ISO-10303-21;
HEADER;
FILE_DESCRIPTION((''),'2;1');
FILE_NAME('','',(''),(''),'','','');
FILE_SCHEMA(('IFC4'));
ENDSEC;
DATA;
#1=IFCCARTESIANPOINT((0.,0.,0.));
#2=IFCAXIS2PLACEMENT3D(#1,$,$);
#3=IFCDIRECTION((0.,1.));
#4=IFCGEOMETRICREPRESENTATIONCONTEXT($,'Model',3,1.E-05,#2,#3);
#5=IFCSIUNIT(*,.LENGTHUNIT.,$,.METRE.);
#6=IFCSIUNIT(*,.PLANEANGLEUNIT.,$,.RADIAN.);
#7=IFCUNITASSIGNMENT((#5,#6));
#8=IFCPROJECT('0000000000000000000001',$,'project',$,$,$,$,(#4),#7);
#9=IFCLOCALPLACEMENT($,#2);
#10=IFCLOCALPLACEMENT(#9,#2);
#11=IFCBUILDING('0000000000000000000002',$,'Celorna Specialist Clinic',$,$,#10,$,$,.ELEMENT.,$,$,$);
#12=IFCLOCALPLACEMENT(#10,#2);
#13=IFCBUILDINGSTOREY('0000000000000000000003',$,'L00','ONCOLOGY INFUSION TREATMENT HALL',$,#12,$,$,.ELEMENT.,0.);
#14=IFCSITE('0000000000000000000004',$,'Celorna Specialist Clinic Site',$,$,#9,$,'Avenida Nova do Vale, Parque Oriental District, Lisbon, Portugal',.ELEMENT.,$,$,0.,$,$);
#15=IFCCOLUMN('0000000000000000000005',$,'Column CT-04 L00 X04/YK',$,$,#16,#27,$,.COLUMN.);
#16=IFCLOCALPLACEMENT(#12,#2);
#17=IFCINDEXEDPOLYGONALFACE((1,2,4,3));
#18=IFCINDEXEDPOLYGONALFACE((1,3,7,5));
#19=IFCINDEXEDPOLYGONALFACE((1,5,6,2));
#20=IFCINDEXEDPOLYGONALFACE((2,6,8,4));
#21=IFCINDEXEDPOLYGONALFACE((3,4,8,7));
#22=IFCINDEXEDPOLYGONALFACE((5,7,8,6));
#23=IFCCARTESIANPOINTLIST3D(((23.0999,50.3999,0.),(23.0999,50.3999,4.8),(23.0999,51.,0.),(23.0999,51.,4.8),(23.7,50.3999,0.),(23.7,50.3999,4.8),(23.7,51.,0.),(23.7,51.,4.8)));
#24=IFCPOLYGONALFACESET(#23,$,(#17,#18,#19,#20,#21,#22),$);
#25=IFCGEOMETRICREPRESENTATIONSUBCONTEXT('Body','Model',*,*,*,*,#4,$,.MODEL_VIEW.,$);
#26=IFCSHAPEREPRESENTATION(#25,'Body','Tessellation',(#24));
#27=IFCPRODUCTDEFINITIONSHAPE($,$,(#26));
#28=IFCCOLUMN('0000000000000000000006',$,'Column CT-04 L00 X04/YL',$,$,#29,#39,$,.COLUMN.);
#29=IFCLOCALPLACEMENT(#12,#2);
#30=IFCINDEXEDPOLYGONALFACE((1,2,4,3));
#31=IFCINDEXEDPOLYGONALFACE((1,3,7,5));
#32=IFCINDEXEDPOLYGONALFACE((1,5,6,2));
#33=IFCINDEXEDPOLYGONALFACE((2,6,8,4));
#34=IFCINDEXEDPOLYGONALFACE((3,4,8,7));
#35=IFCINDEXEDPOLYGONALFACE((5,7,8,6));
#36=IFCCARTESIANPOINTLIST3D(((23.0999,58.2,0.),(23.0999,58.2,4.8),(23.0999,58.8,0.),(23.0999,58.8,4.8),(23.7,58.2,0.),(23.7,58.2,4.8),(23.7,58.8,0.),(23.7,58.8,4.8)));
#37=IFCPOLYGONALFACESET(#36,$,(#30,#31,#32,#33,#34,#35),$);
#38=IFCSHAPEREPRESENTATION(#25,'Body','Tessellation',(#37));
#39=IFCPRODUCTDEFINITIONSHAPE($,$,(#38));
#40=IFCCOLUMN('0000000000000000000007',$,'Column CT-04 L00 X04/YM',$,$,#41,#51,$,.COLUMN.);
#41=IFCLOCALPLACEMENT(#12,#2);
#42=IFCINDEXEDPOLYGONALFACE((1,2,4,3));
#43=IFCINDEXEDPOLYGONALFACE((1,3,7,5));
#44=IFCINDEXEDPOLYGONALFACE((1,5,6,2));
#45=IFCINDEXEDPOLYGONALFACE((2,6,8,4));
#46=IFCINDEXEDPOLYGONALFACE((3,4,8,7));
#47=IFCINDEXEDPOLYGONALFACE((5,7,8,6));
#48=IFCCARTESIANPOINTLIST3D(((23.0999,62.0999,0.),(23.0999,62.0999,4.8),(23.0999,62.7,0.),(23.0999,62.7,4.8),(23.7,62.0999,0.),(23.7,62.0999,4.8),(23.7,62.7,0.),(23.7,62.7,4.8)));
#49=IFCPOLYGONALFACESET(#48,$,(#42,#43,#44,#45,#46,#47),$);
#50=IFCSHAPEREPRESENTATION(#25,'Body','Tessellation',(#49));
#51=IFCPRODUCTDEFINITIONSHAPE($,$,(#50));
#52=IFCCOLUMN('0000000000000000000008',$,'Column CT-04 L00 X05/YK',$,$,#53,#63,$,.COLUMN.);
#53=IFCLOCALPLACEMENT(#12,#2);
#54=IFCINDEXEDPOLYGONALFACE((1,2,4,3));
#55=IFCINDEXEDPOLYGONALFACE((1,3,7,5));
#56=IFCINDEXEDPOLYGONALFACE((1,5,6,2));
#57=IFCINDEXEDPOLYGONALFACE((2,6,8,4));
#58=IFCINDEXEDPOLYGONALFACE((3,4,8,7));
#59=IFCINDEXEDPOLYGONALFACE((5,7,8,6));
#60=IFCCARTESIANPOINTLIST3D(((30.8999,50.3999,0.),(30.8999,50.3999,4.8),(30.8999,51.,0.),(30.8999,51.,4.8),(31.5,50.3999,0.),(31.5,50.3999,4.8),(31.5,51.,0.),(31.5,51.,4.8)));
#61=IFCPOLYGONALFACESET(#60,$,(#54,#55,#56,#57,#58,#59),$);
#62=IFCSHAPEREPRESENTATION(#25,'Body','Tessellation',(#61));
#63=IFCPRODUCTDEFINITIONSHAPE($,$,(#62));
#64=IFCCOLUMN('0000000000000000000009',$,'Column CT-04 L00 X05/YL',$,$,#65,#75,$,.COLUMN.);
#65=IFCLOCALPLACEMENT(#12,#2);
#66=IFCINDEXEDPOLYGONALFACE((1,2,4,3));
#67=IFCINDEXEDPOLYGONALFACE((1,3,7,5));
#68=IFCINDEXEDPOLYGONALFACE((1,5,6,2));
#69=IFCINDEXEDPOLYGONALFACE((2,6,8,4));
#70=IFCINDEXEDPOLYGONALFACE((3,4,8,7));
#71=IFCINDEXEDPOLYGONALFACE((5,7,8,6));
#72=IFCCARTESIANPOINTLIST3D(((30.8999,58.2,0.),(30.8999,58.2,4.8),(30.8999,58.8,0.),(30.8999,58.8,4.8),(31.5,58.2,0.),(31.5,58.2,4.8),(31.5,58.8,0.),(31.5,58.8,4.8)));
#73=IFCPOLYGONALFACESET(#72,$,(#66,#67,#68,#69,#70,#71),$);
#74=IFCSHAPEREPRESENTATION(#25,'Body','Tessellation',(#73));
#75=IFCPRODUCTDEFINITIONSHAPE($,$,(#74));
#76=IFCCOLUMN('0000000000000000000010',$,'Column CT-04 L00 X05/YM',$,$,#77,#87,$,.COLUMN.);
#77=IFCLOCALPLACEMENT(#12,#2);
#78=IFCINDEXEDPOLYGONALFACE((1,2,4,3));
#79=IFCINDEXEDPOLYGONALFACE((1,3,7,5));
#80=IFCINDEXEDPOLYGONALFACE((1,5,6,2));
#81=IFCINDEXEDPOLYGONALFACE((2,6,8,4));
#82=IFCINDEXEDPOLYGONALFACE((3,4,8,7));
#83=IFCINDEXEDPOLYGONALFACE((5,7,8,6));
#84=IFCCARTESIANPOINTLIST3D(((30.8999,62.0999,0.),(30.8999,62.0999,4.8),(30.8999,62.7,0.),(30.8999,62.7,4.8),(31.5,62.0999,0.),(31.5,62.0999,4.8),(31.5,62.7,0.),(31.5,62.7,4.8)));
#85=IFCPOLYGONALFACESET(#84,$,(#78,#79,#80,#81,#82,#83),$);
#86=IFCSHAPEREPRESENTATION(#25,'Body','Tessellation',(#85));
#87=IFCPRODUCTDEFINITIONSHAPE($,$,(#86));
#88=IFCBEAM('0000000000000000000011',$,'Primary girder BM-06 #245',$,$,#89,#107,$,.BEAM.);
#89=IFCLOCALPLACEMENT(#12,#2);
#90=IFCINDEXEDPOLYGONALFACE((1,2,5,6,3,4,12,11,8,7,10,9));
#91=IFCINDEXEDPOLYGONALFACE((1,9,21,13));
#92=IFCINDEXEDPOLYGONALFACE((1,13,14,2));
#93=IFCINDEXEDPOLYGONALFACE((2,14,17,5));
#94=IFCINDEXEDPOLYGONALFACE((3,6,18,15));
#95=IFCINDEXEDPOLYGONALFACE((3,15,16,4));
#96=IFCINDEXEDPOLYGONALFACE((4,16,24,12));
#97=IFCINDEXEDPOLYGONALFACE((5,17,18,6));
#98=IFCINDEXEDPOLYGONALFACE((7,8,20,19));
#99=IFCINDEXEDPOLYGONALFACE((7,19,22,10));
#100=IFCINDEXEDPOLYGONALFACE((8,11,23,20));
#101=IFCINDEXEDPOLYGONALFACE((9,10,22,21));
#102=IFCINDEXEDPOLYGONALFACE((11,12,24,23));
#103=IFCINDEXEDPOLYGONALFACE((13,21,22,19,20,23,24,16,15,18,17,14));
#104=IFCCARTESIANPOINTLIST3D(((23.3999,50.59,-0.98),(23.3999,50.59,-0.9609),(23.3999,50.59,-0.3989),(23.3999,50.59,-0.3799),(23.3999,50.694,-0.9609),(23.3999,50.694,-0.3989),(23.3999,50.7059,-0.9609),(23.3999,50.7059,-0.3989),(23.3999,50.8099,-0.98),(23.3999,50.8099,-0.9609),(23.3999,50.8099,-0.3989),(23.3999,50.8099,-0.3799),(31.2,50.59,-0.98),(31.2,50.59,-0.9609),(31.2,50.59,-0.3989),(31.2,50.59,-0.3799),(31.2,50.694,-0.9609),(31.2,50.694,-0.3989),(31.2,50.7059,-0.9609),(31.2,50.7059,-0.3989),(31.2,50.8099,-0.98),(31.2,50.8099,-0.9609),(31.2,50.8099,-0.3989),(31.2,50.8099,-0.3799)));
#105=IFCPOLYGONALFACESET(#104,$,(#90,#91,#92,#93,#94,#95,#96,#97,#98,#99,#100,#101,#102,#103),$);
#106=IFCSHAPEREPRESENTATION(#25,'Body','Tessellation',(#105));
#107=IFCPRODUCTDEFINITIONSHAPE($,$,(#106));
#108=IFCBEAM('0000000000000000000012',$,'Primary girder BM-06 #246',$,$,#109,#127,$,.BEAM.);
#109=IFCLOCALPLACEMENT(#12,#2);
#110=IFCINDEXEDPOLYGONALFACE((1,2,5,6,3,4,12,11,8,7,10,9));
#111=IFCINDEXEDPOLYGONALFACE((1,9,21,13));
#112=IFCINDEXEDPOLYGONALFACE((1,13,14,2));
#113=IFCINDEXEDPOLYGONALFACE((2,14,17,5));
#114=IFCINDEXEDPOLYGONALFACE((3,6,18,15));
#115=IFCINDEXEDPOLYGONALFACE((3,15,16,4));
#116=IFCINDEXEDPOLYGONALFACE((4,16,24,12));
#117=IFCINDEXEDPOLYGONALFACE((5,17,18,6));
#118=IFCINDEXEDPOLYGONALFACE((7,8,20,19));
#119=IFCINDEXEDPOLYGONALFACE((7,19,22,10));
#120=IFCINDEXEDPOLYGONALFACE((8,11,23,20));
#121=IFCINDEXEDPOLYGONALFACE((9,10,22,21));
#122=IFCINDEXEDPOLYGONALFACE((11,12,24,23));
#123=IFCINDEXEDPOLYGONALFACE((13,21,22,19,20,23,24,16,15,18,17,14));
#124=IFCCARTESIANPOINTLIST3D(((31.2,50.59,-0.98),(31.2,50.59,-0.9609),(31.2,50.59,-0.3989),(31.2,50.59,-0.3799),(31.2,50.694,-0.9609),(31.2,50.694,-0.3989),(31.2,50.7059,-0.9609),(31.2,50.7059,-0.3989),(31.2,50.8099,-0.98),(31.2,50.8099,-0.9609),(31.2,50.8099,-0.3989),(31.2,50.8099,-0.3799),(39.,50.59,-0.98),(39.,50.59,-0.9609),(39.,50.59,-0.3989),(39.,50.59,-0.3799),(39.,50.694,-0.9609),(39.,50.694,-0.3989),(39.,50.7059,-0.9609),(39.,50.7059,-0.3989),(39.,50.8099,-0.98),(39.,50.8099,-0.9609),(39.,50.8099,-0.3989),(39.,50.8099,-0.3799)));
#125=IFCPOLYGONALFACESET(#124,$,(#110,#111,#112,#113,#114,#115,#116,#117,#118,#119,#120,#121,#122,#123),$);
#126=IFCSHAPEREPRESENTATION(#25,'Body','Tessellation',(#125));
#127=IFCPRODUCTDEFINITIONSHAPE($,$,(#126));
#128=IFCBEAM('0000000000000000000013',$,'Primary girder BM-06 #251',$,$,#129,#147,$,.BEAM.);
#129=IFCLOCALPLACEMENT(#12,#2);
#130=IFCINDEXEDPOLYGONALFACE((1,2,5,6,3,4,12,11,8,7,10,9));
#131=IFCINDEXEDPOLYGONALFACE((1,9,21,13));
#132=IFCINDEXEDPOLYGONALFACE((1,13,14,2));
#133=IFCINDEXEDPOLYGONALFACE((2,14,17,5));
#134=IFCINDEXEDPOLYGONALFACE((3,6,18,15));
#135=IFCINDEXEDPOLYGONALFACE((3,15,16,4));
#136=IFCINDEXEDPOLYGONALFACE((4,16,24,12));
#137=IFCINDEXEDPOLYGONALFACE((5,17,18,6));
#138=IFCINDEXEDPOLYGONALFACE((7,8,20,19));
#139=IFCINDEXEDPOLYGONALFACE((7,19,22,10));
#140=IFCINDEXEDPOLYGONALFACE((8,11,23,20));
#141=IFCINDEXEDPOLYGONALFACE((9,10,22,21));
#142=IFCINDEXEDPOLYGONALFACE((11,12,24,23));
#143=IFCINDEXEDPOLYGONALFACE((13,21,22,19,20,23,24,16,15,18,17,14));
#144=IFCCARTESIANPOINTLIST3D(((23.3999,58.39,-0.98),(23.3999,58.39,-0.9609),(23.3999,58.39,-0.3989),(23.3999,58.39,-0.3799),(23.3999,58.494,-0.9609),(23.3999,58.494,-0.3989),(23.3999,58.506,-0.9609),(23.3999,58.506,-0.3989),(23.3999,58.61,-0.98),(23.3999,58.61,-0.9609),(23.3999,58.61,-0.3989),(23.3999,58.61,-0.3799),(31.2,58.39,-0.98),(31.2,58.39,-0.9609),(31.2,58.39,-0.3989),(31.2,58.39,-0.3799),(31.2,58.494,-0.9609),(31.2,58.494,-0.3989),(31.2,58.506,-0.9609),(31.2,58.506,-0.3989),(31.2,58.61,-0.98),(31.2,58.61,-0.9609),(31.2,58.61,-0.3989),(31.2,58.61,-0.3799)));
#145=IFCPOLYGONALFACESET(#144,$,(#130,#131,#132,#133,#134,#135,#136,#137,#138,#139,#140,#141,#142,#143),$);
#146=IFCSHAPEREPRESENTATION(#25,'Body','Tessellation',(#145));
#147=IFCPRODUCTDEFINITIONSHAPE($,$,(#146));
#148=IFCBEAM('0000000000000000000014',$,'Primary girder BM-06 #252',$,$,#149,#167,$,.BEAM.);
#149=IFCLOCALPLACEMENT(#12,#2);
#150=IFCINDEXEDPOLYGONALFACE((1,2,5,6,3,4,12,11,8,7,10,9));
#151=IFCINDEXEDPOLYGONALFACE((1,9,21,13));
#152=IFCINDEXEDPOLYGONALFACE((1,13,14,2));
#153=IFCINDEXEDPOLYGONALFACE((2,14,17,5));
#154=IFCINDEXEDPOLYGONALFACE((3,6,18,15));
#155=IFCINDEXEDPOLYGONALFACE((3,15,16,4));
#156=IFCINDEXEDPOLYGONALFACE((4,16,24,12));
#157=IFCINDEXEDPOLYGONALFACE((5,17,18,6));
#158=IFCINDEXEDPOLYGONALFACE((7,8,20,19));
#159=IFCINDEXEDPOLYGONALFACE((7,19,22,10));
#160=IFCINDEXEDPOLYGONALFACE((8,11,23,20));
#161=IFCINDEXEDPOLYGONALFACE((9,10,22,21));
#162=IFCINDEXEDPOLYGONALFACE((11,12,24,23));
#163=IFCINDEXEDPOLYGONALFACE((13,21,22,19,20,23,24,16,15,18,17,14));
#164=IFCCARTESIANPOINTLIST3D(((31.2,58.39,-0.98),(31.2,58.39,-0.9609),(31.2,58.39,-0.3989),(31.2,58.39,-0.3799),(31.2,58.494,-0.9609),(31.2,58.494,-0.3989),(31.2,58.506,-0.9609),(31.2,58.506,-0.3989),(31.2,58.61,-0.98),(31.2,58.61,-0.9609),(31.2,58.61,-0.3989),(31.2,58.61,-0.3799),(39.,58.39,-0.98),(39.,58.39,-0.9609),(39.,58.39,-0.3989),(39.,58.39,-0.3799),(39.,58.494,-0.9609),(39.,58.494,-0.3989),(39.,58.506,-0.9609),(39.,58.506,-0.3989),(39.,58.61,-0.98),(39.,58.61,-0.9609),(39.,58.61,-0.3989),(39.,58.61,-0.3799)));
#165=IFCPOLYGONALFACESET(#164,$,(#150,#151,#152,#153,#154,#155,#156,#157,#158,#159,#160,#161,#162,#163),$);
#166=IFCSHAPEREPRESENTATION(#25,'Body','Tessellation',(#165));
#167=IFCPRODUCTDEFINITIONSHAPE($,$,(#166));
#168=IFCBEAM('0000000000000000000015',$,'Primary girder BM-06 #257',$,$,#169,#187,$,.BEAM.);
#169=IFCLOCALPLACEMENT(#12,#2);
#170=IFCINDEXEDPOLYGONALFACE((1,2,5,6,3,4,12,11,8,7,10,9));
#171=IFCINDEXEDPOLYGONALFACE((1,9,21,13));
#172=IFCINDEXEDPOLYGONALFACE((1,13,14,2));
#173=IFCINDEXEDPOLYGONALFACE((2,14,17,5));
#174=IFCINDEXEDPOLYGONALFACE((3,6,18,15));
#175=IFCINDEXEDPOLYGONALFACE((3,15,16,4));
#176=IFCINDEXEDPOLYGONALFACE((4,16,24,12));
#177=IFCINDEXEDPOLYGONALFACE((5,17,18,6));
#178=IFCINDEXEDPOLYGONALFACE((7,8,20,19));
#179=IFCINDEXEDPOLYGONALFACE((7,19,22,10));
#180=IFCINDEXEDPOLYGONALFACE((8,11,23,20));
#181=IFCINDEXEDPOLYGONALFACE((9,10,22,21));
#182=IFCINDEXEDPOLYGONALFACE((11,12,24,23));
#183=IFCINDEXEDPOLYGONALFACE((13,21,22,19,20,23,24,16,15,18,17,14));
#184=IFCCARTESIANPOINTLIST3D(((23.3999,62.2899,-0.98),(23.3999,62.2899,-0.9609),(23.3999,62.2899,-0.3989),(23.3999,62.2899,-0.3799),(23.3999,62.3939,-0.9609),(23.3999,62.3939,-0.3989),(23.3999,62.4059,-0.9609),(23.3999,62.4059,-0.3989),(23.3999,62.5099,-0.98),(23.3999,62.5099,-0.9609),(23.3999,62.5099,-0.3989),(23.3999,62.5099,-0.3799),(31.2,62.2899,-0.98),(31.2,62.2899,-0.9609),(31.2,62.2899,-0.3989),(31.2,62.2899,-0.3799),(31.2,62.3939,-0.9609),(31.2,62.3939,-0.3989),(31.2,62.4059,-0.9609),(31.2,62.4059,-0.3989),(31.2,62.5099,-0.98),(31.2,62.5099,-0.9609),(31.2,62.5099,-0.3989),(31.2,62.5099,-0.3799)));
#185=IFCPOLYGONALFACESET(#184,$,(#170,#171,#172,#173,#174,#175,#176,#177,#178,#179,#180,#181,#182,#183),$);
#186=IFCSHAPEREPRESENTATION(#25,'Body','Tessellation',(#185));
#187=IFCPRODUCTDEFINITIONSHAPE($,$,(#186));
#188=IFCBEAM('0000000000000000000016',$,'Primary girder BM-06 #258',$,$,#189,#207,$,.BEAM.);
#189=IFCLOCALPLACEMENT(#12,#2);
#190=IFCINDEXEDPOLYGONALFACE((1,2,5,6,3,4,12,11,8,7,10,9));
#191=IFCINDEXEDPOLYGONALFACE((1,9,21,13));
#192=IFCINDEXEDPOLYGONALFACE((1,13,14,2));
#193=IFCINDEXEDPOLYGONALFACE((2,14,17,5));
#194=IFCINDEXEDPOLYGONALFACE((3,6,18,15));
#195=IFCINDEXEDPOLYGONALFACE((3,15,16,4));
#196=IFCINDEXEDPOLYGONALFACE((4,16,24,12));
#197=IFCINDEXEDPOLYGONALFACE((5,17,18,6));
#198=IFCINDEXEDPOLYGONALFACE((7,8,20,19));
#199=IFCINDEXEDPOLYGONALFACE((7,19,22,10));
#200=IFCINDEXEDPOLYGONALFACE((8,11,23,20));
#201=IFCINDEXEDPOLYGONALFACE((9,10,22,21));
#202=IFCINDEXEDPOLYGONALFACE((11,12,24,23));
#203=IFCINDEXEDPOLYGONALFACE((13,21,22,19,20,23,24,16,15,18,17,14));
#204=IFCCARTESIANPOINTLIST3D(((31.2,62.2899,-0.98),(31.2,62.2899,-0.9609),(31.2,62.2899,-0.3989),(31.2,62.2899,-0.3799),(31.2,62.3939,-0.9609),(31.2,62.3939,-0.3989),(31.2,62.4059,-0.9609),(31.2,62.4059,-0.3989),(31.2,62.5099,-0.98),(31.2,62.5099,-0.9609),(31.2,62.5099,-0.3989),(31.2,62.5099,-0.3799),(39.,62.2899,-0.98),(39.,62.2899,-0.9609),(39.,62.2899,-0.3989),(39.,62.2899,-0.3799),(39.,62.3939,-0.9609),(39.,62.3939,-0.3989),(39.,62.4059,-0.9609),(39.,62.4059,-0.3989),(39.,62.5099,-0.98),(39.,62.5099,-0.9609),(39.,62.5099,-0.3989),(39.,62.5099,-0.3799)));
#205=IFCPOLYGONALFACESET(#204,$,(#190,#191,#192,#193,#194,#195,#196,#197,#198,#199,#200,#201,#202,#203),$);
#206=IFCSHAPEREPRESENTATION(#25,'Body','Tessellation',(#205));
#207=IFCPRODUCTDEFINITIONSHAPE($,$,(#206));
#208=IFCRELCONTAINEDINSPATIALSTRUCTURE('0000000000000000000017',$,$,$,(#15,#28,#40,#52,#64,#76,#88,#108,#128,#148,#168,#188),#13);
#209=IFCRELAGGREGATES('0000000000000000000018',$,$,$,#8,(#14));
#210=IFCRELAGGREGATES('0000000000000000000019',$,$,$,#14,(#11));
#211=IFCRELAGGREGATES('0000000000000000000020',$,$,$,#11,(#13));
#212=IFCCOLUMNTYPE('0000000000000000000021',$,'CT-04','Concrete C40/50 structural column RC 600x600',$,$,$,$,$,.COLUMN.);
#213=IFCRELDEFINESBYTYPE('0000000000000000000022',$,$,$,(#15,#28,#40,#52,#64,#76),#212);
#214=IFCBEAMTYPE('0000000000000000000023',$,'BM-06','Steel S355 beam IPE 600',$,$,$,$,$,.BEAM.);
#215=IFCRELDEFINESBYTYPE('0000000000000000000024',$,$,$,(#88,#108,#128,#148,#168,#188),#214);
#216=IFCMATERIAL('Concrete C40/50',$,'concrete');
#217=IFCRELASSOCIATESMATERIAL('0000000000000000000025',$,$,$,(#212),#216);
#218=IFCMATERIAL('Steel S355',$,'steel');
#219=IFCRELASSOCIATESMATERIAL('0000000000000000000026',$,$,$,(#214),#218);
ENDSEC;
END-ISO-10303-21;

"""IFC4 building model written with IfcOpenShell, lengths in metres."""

from ifc_helpers import new_model, si_unit, direction, frame, origin, origin_2d, place, context, subcontext, project, spatial, rectangle, i_section, extrude, material, material_profile, profile_set, type_object, element, save


model = new_model("IFC4")

# Units and contexts
model_context = context("Model", 3, precision=1e-05, world=origin(), true_north=direction((0.0, 1.0)))
body_context = subcontext(model_context, "Body", "Model", "MODEL_VIEW")
ifc_project = project(units=[si_unit("LENGTHUNIT", "METRE"), si_unit("PLANEANGLEUNIT", "RADIAN")], contexts=[model_context])

# Site, building, storey
site_placement = place(None, origin())
site = spatial("IfcSite", under=ifc_project, at=site_placement, Name="Celorna Specialist Clinic Site", LongName="Avenida Nova do Vale, Parque Oriental District, Lisbon, Portugal", CompositionType="ELEMENT", RefElevation=0.0)
building_placement = place(site_placement, origin())
building = spatial("IfcBuilding", under=site, at=building_placement, Name="Celorna Specialist Clinic", CompositionType="ELEMENT")
storey_placement = place(building_placement, origin())
storey = spatial("IfcBuildingStorey", under=building, at=storey_placement, Name="L00", Description="ONCOLOGY INFUSION TREATMENT HALL", CompositionType="ELEMENT", Elevation=0.0)

# Columns
ifc_material_1 = material(Name="Concrete C40/50", Category="concrete")
ifc_material_profile_1 = material_profile(ifc_material_1, rectangle(XDim=0.6001, YDim=0.6001, at=origin_2d()), Name="RC 600x600")
ifc_profile_set_1 = profile_set([ifc_material_profile_1], Name="Concrete C40/50")
column_type = type_object("IfcColumnType", Name="CT-04", Description="Concrete C40/50 structural column RC 600x600", PredefinedType="COLUMN", material=ifc_profile_set_1)
for number, where, z_axis, x_axis, name in (
    (1, (23.3999, 50.7, 0.0), (0.0, 0.0, 1.0), (1.0, 0.0, 0.0), "Column CT-04 L00 X04/YK"),
    (2, (23.3999, 58.5, 0.0), (0.0, 0.0, 1.0), (1.0, 0.0, 0.0), "Column CT-04 L00 X04/YL"),
    (3, (23.3999, 62.3999, 0.0), (0.0, 0.0, 1.0), (1.0, 0.0, 0.0), "Column CT-04 L00 X04/YM"),
    (4, (31.2, 50.7, 0.0), (0.0, 0.0, 1.0), (1.0, 0.0, 0.0), "Column CT-04 L00 X05/YK"),
    (5, (31.2, 58.5, 0.0), (0.0, 0.0, 1.0), (1.0, 0.0, 0.0), "Column CT-04 L00 X05/YL"),
    (6, (31.2, 62.3999, 0.0), (0.0, 0.0, 1.0), (1.0, 0.0, 0.0), "Column CT-04 L00 X05/YM"),
):
    element("IfcColumn", number, at=place(storey_placement, frame(where, z_axis=z_axis, x_axis=x_axis)), inside=storey, type_object=column_type, Name=name, PredefinedType="COLUMN", context=body_context, shape_type="SweptSolid", body=[
        extrude(rectangle(XDim=0.6001, YDim=0.6001, at=origin_2d()), origin(), (0.0, 0.0, 1.0), 4.8),
    ])

# Beams
ifc_material_2 = material(Name="Steel S355", Category="steel")
ifc_material_profile_2 = material_profile(ifc_material_2, i_section(OverallWidth=0.22, OverallDepth=0.6001, WebThickness=0.012, FlangeThickness=0.019, at=origin_2d()), Name="IPE 600")
ifc_profile_set_2 = profile_set([ifc_material_profile_2], Name="Steel S355")
beam_type_1 = type_object("IfcBeamType", Name="BM-06", Description="Steel S355 beam IPE 600", PredefinedType="BEAM", material=ifc_profile_set_2)
for number, where, z_axis, x_axis, name in (
    (7, (23.3999, 50.7, -0.6799), (1.0, 0.0, 0.0), (0.0, 1.0, 0.0), "Primary girder BM-06 #245"),
    (8, (31.2, 50.7, -0.6799), (1.0, 0.0, 0.0), (0.0, 1.0, 0.0), "Primary girder BM-06 #246"),
    (9, (23.3999, 58.5, -0.6799), (1.0, 0.0, 0.0), (0.0, 1.0, 0.0), "Primary girder BM-06 #251"),
    (10, (31.2, 58.5, -0.6799), (1.0, 0.0, 0.0), (0.0, 1.0, 0.0), "Primary girder BM-06 #252"),
    (11, (23.3999, 62.3999, -0.6799), (1.0, 0.0, 0.0), (0.0, 1.0, 0.0), "Primary girder BM-06 #257"),
    (12, (31.2, 62.3999, -0.6799), (1.0, 0.0, 0.0), (0.0, 1.0, 0.0), "Primary girder BM-06 #258"),
):
    element("IfcBeam", number, at=place(storey_placement, frame(where, z_axis=z_axis, x_axis=x_axis)), inside=storey, type_object=beam_type_1, Name=name, PredefinedType="BEAM", context=body_context, shape_type="SweptSolid", body=[
        extrude(i_section(OverallWidth=0.22, OverallDepth=0.6001, WebThickness=0.012, FlangeThickness=0.019, at=origin_2d()), origin(), (0.0, 0.0, 1.0), 7.8),
    ])

save(model, "model.ifc")
